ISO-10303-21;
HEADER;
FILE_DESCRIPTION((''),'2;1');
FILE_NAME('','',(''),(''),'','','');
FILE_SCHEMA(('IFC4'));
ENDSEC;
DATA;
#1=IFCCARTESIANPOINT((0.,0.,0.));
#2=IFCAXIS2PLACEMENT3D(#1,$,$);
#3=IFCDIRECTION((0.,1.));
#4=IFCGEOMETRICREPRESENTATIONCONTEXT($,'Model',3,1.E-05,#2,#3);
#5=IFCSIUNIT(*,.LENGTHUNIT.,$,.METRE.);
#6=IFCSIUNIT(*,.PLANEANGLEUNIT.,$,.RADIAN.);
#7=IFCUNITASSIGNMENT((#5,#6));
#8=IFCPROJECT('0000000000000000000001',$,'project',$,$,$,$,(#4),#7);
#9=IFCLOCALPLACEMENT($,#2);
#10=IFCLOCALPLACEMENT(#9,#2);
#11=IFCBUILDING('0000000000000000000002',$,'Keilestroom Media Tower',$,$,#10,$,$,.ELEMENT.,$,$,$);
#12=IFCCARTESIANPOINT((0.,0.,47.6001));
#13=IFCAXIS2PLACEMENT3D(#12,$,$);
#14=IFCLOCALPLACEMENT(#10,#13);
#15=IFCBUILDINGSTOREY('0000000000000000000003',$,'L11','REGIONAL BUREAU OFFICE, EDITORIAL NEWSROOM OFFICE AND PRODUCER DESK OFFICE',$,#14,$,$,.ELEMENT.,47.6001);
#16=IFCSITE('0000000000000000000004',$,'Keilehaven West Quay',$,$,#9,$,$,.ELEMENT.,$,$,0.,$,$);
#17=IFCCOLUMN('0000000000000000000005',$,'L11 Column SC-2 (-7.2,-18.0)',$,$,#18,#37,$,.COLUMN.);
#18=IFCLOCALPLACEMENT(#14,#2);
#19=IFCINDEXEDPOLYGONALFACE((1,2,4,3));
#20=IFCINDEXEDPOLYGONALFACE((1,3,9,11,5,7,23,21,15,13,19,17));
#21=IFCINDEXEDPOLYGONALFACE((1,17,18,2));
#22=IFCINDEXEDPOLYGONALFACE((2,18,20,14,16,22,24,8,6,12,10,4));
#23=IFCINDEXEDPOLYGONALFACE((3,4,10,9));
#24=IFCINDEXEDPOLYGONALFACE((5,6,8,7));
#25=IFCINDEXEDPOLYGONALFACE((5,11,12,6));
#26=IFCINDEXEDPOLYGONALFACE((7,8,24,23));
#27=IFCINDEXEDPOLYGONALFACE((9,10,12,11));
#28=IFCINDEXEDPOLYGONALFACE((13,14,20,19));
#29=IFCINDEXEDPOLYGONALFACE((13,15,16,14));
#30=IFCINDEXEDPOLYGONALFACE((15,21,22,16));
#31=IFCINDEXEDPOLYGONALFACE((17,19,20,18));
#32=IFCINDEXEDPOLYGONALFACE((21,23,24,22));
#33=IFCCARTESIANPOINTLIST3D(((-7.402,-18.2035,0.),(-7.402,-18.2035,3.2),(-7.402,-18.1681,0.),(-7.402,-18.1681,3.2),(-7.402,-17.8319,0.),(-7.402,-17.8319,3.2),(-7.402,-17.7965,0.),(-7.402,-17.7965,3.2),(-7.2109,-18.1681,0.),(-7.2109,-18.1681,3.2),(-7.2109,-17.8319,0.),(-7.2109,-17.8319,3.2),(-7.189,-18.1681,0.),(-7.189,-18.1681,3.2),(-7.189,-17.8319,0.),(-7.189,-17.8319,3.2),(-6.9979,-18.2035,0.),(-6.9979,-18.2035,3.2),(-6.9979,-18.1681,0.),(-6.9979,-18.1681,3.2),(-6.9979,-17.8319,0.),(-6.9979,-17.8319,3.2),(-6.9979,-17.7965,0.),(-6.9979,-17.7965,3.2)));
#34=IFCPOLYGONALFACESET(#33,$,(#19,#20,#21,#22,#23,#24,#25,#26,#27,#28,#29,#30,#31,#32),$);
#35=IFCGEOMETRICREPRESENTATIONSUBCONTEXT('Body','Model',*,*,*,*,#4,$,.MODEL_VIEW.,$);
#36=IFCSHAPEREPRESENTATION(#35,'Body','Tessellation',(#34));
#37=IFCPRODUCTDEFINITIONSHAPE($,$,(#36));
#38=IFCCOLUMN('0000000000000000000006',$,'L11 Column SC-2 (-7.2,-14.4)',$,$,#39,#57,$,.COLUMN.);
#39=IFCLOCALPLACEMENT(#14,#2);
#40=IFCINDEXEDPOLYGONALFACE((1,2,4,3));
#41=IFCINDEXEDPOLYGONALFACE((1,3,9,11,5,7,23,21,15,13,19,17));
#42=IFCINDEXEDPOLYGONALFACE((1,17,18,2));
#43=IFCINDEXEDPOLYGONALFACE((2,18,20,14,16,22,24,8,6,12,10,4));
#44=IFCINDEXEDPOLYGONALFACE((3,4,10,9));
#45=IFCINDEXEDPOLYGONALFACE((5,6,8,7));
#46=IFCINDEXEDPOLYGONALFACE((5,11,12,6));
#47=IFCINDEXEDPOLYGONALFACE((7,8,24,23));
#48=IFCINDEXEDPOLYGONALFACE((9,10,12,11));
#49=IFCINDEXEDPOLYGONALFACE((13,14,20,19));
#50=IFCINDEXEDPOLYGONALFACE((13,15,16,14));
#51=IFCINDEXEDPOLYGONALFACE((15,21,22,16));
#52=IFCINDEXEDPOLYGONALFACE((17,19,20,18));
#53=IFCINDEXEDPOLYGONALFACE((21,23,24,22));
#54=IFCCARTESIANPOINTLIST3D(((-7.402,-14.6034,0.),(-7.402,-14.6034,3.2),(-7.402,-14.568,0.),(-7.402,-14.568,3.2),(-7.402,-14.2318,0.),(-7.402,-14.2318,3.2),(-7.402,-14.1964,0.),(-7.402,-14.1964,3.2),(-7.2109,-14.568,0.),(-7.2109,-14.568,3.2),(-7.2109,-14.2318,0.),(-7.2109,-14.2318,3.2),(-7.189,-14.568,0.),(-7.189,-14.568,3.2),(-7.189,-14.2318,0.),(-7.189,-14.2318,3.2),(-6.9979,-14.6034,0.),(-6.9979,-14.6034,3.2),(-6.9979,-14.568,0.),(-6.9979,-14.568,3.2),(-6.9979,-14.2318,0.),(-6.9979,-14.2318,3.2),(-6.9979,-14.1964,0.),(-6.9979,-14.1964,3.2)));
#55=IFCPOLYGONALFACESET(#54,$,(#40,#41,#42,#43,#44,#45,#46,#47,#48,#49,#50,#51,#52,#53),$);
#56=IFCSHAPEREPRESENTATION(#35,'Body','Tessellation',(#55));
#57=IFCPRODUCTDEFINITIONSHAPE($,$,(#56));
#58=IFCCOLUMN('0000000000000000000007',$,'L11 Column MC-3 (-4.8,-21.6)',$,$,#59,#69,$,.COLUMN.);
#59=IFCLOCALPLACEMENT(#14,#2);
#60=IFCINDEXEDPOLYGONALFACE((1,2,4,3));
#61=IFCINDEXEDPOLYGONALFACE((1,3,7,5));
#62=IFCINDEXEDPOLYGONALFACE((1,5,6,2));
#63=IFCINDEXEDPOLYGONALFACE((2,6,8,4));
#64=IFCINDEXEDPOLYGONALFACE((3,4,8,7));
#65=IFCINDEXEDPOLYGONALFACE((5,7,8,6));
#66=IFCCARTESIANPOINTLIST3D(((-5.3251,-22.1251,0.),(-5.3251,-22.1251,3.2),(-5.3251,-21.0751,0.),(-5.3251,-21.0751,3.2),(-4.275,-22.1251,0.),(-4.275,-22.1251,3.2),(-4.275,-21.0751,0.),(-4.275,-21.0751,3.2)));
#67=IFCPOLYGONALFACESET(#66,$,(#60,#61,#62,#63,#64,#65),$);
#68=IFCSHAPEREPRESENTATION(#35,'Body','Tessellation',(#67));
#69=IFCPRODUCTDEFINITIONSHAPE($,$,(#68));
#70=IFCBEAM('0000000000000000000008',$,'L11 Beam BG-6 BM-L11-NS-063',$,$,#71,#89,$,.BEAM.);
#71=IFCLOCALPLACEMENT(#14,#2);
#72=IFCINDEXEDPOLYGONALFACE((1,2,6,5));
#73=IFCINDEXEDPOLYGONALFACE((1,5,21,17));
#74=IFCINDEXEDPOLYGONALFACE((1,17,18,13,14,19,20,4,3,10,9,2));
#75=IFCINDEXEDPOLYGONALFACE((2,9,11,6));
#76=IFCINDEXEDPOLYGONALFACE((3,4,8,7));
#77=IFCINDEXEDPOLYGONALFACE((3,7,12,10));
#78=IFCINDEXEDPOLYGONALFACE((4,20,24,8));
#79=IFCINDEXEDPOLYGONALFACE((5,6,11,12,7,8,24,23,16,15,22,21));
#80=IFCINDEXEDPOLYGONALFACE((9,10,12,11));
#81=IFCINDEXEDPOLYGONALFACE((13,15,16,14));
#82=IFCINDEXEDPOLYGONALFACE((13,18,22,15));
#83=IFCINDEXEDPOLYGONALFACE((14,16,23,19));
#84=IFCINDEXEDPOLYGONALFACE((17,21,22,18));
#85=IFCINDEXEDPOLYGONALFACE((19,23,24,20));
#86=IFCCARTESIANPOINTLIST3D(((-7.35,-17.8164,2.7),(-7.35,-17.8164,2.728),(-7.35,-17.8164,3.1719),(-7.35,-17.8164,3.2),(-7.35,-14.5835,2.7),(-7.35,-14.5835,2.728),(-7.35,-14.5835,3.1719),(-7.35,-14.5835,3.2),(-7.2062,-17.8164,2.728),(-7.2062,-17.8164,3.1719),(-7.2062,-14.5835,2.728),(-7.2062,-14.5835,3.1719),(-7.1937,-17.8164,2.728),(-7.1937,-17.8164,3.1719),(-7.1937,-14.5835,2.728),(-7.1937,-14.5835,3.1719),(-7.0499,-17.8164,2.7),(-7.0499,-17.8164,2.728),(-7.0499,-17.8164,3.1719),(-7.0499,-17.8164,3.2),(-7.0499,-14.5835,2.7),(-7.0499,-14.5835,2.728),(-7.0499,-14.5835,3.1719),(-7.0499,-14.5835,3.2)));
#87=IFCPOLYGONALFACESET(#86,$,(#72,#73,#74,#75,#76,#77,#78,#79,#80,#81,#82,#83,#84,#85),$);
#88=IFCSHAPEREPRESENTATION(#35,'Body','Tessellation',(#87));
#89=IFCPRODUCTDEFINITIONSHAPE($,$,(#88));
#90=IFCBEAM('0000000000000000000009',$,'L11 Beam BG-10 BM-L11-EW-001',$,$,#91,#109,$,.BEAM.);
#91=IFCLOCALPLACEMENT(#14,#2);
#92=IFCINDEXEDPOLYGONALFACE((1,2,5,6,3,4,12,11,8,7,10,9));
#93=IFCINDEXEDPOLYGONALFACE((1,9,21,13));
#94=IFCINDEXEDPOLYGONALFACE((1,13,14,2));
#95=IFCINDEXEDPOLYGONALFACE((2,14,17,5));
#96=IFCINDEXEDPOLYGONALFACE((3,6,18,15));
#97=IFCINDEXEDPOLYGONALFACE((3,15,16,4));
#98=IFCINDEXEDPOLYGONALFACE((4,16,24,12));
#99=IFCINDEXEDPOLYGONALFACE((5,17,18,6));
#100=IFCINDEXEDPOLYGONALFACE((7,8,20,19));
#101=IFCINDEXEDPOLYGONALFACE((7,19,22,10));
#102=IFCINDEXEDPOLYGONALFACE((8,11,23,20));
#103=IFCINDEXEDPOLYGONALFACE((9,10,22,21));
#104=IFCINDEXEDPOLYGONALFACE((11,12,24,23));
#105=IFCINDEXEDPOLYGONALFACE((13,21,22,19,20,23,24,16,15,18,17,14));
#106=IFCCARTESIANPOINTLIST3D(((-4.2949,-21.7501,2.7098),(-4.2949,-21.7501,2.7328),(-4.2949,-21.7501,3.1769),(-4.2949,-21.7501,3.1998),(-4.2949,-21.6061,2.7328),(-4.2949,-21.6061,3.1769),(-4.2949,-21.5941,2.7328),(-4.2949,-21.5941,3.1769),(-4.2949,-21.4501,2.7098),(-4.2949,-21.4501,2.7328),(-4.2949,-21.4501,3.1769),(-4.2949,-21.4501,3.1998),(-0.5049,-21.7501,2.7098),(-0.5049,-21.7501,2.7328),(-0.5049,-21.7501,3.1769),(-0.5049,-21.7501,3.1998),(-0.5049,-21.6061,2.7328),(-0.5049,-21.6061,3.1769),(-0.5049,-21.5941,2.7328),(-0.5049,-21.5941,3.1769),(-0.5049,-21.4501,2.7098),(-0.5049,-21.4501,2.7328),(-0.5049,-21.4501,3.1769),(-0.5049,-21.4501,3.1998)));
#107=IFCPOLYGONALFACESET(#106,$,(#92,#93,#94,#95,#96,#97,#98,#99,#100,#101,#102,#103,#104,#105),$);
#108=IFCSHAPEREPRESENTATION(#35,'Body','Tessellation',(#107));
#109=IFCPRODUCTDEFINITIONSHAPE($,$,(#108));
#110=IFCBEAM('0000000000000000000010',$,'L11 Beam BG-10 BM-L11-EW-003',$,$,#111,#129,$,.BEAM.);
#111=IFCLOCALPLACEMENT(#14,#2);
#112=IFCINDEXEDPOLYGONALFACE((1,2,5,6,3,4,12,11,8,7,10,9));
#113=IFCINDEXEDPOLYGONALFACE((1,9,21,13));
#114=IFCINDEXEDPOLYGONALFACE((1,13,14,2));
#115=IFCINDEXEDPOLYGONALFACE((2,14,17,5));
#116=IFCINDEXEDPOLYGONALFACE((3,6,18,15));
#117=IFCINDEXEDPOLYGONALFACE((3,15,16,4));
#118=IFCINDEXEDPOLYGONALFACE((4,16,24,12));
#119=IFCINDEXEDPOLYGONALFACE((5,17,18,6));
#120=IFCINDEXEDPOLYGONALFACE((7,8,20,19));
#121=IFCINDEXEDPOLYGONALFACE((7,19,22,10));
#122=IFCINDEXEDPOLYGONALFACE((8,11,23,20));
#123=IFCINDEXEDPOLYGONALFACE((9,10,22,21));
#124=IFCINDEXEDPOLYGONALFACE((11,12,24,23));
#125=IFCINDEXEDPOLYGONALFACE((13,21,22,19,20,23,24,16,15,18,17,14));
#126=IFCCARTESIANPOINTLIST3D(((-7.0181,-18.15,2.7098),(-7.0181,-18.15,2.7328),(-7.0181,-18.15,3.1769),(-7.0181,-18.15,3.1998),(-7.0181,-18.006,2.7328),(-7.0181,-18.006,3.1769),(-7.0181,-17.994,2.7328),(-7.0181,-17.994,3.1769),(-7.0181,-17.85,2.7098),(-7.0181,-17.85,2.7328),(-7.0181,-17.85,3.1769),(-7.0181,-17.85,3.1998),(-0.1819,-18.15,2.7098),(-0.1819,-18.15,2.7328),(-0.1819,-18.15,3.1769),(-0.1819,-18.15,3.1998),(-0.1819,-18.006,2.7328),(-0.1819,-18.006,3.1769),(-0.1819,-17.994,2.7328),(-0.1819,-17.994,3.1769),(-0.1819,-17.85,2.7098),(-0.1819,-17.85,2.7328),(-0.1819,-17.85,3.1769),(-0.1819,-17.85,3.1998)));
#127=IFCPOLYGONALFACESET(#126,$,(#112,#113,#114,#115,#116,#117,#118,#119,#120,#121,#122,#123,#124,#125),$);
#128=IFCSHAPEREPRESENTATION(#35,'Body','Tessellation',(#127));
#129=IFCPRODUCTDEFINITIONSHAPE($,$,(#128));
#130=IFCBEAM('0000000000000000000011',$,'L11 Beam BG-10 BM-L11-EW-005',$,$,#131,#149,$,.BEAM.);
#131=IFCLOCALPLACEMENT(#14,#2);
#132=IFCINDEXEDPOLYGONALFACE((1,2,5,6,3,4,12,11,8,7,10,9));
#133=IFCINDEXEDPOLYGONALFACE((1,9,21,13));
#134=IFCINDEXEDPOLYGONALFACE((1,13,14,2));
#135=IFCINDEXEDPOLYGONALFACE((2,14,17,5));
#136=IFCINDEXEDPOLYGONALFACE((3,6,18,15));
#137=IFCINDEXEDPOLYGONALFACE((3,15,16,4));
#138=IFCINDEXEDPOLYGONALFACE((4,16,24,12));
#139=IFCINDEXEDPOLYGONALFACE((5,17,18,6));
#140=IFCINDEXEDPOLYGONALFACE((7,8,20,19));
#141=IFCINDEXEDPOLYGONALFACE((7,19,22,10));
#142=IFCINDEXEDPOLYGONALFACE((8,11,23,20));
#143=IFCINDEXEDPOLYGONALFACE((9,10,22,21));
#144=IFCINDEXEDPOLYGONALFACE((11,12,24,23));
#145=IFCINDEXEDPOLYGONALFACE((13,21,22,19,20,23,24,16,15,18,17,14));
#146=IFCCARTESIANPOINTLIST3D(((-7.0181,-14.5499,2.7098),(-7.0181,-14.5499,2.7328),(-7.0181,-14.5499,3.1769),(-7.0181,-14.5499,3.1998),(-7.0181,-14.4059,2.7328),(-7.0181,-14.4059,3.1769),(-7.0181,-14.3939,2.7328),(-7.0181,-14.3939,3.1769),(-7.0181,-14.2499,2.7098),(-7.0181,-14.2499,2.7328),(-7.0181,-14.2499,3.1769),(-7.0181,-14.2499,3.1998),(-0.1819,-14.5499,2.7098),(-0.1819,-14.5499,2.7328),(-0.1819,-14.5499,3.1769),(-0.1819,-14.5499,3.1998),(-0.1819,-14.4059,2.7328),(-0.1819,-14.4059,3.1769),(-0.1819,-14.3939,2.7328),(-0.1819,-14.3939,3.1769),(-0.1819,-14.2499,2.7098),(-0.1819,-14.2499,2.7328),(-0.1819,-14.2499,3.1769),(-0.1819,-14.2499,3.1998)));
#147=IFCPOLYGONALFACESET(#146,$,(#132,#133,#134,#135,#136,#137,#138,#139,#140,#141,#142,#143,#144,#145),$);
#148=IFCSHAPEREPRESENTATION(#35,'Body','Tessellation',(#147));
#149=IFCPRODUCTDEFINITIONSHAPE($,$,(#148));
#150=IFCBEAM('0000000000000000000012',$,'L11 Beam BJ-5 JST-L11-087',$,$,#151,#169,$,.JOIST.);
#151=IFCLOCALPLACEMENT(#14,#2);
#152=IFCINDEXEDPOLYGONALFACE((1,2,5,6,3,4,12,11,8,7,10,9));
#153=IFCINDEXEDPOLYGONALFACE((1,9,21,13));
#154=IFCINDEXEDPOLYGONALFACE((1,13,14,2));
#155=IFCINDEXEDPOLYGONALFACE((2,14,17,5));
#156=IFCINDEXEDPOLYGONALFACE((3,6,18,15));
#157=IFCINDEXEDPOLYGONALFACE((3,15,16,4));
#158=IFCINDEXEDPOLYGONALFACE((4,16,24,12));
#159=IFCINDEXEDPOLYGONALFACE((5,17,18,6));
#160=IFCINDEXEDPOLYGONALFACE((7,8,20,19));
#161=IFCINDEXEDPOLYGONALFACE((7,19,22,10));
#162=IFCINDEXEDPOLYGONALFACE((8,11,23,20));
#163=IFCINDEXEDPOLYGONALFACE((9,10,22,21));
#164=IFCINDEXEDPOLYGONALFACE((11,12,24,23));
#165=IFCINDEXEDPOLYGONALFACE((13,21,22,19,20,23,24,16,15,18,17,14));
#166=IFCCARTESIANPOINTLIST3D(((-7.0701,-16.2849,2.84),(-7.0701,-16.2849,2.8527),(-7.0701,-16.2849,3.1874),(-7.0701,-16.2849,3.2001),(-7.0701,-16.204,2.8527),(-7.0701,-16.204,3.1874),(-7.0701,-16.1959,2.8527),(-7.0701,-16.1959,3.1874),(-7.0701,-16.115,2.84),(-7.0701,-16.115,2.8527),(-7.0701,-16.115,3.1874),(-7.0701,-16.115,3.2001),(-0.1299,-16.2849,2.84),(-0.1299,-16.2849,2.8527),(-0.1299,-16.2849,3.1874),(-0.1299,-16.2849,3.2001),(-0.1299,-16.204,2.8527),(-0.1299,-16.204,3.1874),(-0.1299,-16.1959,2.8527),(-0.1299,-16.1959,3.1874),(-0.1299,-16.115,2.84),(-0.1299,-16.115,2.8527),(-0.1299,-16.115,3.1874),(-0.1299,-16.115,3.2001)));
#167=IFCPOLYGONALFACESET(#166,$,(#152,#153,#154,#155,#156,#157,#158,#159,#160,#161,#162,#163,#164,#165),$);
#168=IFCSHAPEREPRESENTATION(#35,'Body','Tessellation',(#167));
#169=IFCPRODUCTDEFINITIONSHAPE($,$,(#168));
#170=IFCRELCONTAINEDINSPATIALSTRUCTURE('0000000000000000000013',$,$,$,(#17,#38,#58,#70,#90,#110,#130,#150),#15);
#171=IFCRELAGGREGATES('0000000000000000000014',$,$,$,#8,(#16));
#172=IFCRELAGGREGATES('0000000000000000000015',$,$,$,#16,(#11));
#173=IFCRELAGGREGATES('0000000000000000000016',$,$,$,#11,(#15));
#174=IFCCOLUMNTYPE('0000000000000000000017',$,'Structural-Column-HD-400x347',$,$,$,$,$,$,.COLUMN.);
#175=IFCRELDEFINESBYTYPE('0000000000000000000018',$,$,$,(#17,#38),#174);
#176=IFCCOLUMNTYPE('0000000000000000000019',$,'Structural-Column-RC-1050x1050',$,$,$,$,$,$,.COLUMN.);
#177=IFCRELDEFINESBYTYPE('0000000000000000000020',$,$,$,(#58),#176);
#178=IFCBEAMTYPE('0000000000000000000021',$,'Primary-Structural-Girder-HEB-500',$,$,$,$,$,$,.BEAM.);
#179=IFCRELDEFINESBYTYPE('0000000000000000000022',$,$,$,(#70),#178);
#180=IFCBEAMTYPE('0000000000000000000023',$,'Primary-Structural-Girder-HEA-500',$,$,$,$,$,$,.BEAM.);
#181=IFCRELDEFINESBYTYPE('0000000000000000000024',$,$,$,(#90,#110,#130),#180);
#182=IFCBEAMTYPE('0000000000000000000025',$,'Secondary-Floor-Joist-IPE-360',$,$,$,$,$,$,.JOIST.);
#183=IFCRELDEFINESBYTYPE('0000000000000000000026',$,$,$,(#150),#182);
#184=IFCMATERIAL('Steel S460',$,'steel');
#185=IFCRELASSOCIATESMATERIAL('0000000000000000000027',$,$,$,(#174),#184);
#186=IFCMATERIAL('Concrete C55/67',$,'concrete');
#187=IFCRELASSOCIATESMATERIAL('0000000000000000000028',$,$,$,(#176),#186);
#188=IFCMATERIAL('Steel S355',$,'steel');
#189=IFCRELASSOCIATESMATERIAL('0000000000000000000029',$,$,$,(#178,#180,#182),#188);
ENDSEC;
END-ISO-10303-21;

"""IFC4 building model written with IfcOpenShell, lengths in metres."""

from ifc_helpers import new_model, si_unit, direction, frame, origin, origin_2d, place, context, subcontext, project, spatial, rectangle, i_section, extrude, source, transform, mapped, material, material_profile, profile_set, type_object, element, save


model = new_model("IFC4")

# Units and contexts
model_context = context("Model", 3, precision=1e-05, world=origin(), true_north=direction((0.0, 1.0)))
body_context = subcontext(model_context, "Body", "Model", "MODEL_VIEW")
ifc_project = project(units=[si_unit("LENGTHUNIT", "METRE"), si_unit("PLANEANGLEUNIT", "RADIAN")], contexts=[model_context])

# Site, building, storey
site_placement = place(None, origin())
site = spatial("IfcSite", under=ifc_project, at=site_placement, Name="Keilehaven West Quay", CompositionType="ELEMENT", RefElevation=0.0)
building_placement = place(site_placement, origin())
building = spatial("IfcBuilding", under=site, at=building_placement, Name="Keilestroom Media Tower", CompositionType="ELEMENT")
storey_placement = place(building_placement, frame((0.0, 0.0, 47.6001)))
storey = spatial("IfcBuildingStorey", under=building, at=storey_placement, Name="L11", Description="REGIONAL BUREAU OFFICE, EDITORIAL NEWSROOM OFFICE AND PRODUCER DESK OFFICE", CompositionType="ELEMENT", Elevation=47.6001)

# Columns
ifc_material_1 = material(Name="Steel S460", Category="steel")
ifc_material_profile_1 = material_profile(ifc_material_1, i_section(OverallWidth=0.4041, OverallDepth=0.407, WebThickness=0.022, FlangeThickness=0.0354, at=origin_2d()), Name="HD 400x347")
ifc_profile_set_1 = profile_set([ifc_material_profile_1], Name="Steel S460")
column_type_1 = type_object("IfcColumnType", Name="Structural-Column-HD-400x347", PredefinedType="COLUMN", material=ifc_profile_set_1)
shared_shape_1 = source(origin(), body_context, "Body", "SweptSolid", [
    extrude(i_section(OverallWidth=0.4041, OverallDepth=0.407, WebThickness=0.022, FlangeThickness=0.0354, at=origin_2d()), origin(), (0.0, 0.0, 1.0), 3.2),
])
for number, where, z_axis, x_axis, name in (
    (1, (-7.2, -18.0, 0.0), (0.0, 0.0, 1.0), (1.0, 0.0, 0.0), "L11 Column SC-2 (-7.2,-18.0)"),
    (2, (-7.2, -14.3999, 0.0), (0.0, 0.0, 1.0), (1.0, 0.0, 0.0), "L11 Column SC-2 (-7.2,-14.4)"),
):
    element("IfcColumn", number, at=place(storey_placement, frame(where, z_axis=z_axis, x_axis=x_axis)), inside=storey, type_object=column_type_1, Name=name, PredefinedType="COLUMN", context=body_context, shape_type="MappedRepresentation", body=[
        mapped(shared_shape_1, transform((0.0, 0.0, 0.0), x_axis=(1.0, 0.0, 0.0), y_axis=(0.0, 1.0, 0.0), z_axis=(0.0, 0.0, 1.0), scale=1.0)),
    ])
ifc_material_2 = material(Name="Concrete C55/67", Category="concrete")
ifc_material_profile_2 = material_profile(ifc_material_2, rectangle(XDim=1.05, YDim=1.05, at=origin_2d()), Name="RC 1050x1050")
ifc_profile_set_2 = profile_set([ifc_material_profile_2], Name="Concrete C55/67")
column_type_2 = type_object("IfcColumnType", Name="Structural-Column-RC-1050x1050", PredefinedType="COLUMN", material=ifc_profile_set_2)
shared_shape_2 = source(origin(), body_context, "Body", "SweptSolid", [
    extrude(rectangle(XDim=1.05, YDim=1.05, at=origin_2d()), origin(), (0.0, 0.0, 1.0), 3.2),
])
column_placement = place(storey_placement, frame((-4.8, -21.6001, 0.0), z_axis=(0.0, 0.0, 1.0), x_axis=(1.0, 0.0, 0.0)))
element("IfcColumn", 3, at=column_placement, inside=storey, type_object=column_type_2, Name="L11 Column MC-3 (-4.8,-21.6)", PredefinedType="COLUMN", context=body_context, shape_type="MappedRepresentation", body=[
    mapped(shared_shape_2, transform((0.0, 0.0, 0.0), x_axis=(1.0, 0.0, 0.0), y_axis=(0.0, 1.0, 0.0), z_axis=(0.0, 0.0, 1.0), scale=1.0)),
])

# Beams
ifc_material_3 = material(Name="Steel S355", Category="steel")
ifc_material_profile_3 = material_profile(ifc_material_3, i_section(OverallWidth=0.3, OverallDepth=0.5, WebThickness=0.0125, FlangeThickness=0.0281, at=origin_2d()), Name="HEB 500")
ifc_profile_set_3 = profile_set([ifc_material_profile_3], Name="Steel S355")
beam_type_1 = type_object("IfcBeamType", Name="Primary-Structural-Girder-HEB-500", PredefinedType="BEAM", material=ifc_profile_set_3)
shared_shape_3 = source(origin(), body_context, "Body", "SweptSolid", [
    extrude(i_section(OverallWidth=0.3, OverallDepth=0.5, WebThickness=0.0125, FlangeThickness=0.0281, at=origin_2d()), origin(), (0.0, 0.0, 1.0), 3.2329),
])
beam_1_placement = place(storey_placement, frame((-7.2, -17.8164, 2.95), z_axis=(0.0, 1.0, 0.0), x_axis=(-1.0, 0.0, 0.0)))
element("IfcBeam", 4, at=beam_1_placement, inside=storey, type_object=beam_type_1, Name="L11 Beam BG-6 BM-L11-NS-063", PredefinedType="BEAM", context=body_context, shape_type="MappedRepresentation", body=[
    mapped(shared_shape_3, transform((0.0, 0.0, 0.0), x_axis=(1.0, 0.0, 0.0), y_axis=(0.0, 1.0, 0.0), z_axis=(0.0, 0.0, 1.0), scale=1.0)),
])
ifc_material_profile_4 = material_profile(ifc_material_3, i_section(OverallWidth=0.3, OverallDepth=0.49, WebThickness=0.012, FlangeThickness=0.0229, at=origin_2d()), Name="HEA 500")
ifc_profile_set_4 = profile_set([ifc_material_profile_4], Name="Steel S355")
beam_type_2 = type_object("IfcBeamType", Name="Primary-Structural-Girder-HEA-500", PredefinedType="BEAM", material=ifc_profile_set_4)
shared_shape_4 = source(origin(), body_context, "Body", "SweptSolid", [
    extrude(i_section(OverallWidth=0.3, OverallDepth=0.49, WebThickness=0.012, FlangeThickness=0.0229, at=origin_2d()), origin(), (0.0, 0.0, 1.0), 3.79),
])
beam_2_placement = place(storey_placement, frame((-4.2949, -21.6001, 2.9548), z_axis=(1.0, 0.0, 0.0), x_axis=(0.0, 1.0, 0.0)))
element("IfcBeam", 5, at=beam_2_placement, inside=storey, type_object=beam_type_2, Name="L11 Beam BG-10 BM-L11-EW-001", PredefinedType="BEAM", context=body_context, shape_type="MappedRepresentation", body=[
    mapped(shared_shape_4, transform((0.0, 0.0, 0.0), x_axis=(1.0, 0.0, 0.0), y_axis=(0.0, 1.0, 0.0), z_axis=(0.0, 0.0, 1.0), scale=1.0)),
])
shared_shape_5 = source(origin(), body_context, "Body", "SweptSolid", [
    extrude(i_section(OverallWidth=0.3, OverallDepth=0.49, WebThickness=0.012, FlangeThickness=0.0229, at=origin_2d()), origin(), (0.0, 0.0, 1.0), 6.8362),
])
for number, where, z_axis, x_axis, name in (
    (6, (-7.0181, -18.0, 2.9548), (1.0, 0.0, 0.0), (0.0, 1.0, 0.0), "L11 Beam BG-10 BM-L11-EW-003"),
    (7, (-7.0181, -14.3999, 2.9548), (1.0, 0.0, 0.0), (0.0, 1.0, 0.0), "L11 Beam BG-10 BM-L11-EW-005"),
):
    element("IfcBeam", number, at=place(storey_placement, frame(where, z_axis=z_axis, x_axis=x_axis)), inside=storey, type_object=beam_type_2, Name=name, PredefinedType="BEAM", context=body_context, shape_type="MappedRepresentation", body=[
        mapped(shared_shape_5, transform((0.0, 0.0, 0.0), x_axis=(1.0, 0.0, 0.0), y_axis=(0.0, 1.0, 0.0), z_axis=(0.0, 0.0, 1.0), scale=1.0)),
    ])
ifc_material_profile_5 = material_profile(ifc_material_3, i_section(OverallWidth=0.1699, OverallDepth=0.3601, WebThickness=0.0081, FlangeThickness=0.0127, at=origin_2d()), Name="IPE 360")
ifc_profile_set_5 = profile_set([ifc_material_profile_5], Name="Steel S355")
beam_type_3 = type_object("IfcBeamType", Name="Secondary-Floor-Joist-IPE-360", PredefinedType="JOIST", material=ifc_profile_set_5)
shared_shape_6 = source(origin(), body_context, "Body", "SweptSolid", [
    extrude(i_section(OverallWidth=0.1699, OverallDepth=0.3601, WebThickness=0.0081, FlangeThickness=0.0127, at=origin_2d()), origin(), (0.0, 0.0, 1.0), 6.9402),
])
beam_3_placement = place(storey_placement, frame((-7.0701, -16.2, 3.02), z_axis=(1.0, 0.0, 0.0), x_axis=(0.0, 1.0, 0.0)))
element("IfcBeam", 8, at=beam_3_placement, inside=storey, type_object=beam_type_3, Name="L11 Beam BJ-5 JST-L11-087", PredefinedType="JOIST", context=body_context, shape_type="MappedRepresentation", body=[
    mapped(shared_shape_6, transform((0.0, 0.0, 0.0), x_axis=(1.0, 0.0, 0.0), y_axis=(0.0, 1.0, 0.0), z_axis=(0.0, 0.0, 1.0), scale=1.0)),
])

save(model, "model.ifc")
